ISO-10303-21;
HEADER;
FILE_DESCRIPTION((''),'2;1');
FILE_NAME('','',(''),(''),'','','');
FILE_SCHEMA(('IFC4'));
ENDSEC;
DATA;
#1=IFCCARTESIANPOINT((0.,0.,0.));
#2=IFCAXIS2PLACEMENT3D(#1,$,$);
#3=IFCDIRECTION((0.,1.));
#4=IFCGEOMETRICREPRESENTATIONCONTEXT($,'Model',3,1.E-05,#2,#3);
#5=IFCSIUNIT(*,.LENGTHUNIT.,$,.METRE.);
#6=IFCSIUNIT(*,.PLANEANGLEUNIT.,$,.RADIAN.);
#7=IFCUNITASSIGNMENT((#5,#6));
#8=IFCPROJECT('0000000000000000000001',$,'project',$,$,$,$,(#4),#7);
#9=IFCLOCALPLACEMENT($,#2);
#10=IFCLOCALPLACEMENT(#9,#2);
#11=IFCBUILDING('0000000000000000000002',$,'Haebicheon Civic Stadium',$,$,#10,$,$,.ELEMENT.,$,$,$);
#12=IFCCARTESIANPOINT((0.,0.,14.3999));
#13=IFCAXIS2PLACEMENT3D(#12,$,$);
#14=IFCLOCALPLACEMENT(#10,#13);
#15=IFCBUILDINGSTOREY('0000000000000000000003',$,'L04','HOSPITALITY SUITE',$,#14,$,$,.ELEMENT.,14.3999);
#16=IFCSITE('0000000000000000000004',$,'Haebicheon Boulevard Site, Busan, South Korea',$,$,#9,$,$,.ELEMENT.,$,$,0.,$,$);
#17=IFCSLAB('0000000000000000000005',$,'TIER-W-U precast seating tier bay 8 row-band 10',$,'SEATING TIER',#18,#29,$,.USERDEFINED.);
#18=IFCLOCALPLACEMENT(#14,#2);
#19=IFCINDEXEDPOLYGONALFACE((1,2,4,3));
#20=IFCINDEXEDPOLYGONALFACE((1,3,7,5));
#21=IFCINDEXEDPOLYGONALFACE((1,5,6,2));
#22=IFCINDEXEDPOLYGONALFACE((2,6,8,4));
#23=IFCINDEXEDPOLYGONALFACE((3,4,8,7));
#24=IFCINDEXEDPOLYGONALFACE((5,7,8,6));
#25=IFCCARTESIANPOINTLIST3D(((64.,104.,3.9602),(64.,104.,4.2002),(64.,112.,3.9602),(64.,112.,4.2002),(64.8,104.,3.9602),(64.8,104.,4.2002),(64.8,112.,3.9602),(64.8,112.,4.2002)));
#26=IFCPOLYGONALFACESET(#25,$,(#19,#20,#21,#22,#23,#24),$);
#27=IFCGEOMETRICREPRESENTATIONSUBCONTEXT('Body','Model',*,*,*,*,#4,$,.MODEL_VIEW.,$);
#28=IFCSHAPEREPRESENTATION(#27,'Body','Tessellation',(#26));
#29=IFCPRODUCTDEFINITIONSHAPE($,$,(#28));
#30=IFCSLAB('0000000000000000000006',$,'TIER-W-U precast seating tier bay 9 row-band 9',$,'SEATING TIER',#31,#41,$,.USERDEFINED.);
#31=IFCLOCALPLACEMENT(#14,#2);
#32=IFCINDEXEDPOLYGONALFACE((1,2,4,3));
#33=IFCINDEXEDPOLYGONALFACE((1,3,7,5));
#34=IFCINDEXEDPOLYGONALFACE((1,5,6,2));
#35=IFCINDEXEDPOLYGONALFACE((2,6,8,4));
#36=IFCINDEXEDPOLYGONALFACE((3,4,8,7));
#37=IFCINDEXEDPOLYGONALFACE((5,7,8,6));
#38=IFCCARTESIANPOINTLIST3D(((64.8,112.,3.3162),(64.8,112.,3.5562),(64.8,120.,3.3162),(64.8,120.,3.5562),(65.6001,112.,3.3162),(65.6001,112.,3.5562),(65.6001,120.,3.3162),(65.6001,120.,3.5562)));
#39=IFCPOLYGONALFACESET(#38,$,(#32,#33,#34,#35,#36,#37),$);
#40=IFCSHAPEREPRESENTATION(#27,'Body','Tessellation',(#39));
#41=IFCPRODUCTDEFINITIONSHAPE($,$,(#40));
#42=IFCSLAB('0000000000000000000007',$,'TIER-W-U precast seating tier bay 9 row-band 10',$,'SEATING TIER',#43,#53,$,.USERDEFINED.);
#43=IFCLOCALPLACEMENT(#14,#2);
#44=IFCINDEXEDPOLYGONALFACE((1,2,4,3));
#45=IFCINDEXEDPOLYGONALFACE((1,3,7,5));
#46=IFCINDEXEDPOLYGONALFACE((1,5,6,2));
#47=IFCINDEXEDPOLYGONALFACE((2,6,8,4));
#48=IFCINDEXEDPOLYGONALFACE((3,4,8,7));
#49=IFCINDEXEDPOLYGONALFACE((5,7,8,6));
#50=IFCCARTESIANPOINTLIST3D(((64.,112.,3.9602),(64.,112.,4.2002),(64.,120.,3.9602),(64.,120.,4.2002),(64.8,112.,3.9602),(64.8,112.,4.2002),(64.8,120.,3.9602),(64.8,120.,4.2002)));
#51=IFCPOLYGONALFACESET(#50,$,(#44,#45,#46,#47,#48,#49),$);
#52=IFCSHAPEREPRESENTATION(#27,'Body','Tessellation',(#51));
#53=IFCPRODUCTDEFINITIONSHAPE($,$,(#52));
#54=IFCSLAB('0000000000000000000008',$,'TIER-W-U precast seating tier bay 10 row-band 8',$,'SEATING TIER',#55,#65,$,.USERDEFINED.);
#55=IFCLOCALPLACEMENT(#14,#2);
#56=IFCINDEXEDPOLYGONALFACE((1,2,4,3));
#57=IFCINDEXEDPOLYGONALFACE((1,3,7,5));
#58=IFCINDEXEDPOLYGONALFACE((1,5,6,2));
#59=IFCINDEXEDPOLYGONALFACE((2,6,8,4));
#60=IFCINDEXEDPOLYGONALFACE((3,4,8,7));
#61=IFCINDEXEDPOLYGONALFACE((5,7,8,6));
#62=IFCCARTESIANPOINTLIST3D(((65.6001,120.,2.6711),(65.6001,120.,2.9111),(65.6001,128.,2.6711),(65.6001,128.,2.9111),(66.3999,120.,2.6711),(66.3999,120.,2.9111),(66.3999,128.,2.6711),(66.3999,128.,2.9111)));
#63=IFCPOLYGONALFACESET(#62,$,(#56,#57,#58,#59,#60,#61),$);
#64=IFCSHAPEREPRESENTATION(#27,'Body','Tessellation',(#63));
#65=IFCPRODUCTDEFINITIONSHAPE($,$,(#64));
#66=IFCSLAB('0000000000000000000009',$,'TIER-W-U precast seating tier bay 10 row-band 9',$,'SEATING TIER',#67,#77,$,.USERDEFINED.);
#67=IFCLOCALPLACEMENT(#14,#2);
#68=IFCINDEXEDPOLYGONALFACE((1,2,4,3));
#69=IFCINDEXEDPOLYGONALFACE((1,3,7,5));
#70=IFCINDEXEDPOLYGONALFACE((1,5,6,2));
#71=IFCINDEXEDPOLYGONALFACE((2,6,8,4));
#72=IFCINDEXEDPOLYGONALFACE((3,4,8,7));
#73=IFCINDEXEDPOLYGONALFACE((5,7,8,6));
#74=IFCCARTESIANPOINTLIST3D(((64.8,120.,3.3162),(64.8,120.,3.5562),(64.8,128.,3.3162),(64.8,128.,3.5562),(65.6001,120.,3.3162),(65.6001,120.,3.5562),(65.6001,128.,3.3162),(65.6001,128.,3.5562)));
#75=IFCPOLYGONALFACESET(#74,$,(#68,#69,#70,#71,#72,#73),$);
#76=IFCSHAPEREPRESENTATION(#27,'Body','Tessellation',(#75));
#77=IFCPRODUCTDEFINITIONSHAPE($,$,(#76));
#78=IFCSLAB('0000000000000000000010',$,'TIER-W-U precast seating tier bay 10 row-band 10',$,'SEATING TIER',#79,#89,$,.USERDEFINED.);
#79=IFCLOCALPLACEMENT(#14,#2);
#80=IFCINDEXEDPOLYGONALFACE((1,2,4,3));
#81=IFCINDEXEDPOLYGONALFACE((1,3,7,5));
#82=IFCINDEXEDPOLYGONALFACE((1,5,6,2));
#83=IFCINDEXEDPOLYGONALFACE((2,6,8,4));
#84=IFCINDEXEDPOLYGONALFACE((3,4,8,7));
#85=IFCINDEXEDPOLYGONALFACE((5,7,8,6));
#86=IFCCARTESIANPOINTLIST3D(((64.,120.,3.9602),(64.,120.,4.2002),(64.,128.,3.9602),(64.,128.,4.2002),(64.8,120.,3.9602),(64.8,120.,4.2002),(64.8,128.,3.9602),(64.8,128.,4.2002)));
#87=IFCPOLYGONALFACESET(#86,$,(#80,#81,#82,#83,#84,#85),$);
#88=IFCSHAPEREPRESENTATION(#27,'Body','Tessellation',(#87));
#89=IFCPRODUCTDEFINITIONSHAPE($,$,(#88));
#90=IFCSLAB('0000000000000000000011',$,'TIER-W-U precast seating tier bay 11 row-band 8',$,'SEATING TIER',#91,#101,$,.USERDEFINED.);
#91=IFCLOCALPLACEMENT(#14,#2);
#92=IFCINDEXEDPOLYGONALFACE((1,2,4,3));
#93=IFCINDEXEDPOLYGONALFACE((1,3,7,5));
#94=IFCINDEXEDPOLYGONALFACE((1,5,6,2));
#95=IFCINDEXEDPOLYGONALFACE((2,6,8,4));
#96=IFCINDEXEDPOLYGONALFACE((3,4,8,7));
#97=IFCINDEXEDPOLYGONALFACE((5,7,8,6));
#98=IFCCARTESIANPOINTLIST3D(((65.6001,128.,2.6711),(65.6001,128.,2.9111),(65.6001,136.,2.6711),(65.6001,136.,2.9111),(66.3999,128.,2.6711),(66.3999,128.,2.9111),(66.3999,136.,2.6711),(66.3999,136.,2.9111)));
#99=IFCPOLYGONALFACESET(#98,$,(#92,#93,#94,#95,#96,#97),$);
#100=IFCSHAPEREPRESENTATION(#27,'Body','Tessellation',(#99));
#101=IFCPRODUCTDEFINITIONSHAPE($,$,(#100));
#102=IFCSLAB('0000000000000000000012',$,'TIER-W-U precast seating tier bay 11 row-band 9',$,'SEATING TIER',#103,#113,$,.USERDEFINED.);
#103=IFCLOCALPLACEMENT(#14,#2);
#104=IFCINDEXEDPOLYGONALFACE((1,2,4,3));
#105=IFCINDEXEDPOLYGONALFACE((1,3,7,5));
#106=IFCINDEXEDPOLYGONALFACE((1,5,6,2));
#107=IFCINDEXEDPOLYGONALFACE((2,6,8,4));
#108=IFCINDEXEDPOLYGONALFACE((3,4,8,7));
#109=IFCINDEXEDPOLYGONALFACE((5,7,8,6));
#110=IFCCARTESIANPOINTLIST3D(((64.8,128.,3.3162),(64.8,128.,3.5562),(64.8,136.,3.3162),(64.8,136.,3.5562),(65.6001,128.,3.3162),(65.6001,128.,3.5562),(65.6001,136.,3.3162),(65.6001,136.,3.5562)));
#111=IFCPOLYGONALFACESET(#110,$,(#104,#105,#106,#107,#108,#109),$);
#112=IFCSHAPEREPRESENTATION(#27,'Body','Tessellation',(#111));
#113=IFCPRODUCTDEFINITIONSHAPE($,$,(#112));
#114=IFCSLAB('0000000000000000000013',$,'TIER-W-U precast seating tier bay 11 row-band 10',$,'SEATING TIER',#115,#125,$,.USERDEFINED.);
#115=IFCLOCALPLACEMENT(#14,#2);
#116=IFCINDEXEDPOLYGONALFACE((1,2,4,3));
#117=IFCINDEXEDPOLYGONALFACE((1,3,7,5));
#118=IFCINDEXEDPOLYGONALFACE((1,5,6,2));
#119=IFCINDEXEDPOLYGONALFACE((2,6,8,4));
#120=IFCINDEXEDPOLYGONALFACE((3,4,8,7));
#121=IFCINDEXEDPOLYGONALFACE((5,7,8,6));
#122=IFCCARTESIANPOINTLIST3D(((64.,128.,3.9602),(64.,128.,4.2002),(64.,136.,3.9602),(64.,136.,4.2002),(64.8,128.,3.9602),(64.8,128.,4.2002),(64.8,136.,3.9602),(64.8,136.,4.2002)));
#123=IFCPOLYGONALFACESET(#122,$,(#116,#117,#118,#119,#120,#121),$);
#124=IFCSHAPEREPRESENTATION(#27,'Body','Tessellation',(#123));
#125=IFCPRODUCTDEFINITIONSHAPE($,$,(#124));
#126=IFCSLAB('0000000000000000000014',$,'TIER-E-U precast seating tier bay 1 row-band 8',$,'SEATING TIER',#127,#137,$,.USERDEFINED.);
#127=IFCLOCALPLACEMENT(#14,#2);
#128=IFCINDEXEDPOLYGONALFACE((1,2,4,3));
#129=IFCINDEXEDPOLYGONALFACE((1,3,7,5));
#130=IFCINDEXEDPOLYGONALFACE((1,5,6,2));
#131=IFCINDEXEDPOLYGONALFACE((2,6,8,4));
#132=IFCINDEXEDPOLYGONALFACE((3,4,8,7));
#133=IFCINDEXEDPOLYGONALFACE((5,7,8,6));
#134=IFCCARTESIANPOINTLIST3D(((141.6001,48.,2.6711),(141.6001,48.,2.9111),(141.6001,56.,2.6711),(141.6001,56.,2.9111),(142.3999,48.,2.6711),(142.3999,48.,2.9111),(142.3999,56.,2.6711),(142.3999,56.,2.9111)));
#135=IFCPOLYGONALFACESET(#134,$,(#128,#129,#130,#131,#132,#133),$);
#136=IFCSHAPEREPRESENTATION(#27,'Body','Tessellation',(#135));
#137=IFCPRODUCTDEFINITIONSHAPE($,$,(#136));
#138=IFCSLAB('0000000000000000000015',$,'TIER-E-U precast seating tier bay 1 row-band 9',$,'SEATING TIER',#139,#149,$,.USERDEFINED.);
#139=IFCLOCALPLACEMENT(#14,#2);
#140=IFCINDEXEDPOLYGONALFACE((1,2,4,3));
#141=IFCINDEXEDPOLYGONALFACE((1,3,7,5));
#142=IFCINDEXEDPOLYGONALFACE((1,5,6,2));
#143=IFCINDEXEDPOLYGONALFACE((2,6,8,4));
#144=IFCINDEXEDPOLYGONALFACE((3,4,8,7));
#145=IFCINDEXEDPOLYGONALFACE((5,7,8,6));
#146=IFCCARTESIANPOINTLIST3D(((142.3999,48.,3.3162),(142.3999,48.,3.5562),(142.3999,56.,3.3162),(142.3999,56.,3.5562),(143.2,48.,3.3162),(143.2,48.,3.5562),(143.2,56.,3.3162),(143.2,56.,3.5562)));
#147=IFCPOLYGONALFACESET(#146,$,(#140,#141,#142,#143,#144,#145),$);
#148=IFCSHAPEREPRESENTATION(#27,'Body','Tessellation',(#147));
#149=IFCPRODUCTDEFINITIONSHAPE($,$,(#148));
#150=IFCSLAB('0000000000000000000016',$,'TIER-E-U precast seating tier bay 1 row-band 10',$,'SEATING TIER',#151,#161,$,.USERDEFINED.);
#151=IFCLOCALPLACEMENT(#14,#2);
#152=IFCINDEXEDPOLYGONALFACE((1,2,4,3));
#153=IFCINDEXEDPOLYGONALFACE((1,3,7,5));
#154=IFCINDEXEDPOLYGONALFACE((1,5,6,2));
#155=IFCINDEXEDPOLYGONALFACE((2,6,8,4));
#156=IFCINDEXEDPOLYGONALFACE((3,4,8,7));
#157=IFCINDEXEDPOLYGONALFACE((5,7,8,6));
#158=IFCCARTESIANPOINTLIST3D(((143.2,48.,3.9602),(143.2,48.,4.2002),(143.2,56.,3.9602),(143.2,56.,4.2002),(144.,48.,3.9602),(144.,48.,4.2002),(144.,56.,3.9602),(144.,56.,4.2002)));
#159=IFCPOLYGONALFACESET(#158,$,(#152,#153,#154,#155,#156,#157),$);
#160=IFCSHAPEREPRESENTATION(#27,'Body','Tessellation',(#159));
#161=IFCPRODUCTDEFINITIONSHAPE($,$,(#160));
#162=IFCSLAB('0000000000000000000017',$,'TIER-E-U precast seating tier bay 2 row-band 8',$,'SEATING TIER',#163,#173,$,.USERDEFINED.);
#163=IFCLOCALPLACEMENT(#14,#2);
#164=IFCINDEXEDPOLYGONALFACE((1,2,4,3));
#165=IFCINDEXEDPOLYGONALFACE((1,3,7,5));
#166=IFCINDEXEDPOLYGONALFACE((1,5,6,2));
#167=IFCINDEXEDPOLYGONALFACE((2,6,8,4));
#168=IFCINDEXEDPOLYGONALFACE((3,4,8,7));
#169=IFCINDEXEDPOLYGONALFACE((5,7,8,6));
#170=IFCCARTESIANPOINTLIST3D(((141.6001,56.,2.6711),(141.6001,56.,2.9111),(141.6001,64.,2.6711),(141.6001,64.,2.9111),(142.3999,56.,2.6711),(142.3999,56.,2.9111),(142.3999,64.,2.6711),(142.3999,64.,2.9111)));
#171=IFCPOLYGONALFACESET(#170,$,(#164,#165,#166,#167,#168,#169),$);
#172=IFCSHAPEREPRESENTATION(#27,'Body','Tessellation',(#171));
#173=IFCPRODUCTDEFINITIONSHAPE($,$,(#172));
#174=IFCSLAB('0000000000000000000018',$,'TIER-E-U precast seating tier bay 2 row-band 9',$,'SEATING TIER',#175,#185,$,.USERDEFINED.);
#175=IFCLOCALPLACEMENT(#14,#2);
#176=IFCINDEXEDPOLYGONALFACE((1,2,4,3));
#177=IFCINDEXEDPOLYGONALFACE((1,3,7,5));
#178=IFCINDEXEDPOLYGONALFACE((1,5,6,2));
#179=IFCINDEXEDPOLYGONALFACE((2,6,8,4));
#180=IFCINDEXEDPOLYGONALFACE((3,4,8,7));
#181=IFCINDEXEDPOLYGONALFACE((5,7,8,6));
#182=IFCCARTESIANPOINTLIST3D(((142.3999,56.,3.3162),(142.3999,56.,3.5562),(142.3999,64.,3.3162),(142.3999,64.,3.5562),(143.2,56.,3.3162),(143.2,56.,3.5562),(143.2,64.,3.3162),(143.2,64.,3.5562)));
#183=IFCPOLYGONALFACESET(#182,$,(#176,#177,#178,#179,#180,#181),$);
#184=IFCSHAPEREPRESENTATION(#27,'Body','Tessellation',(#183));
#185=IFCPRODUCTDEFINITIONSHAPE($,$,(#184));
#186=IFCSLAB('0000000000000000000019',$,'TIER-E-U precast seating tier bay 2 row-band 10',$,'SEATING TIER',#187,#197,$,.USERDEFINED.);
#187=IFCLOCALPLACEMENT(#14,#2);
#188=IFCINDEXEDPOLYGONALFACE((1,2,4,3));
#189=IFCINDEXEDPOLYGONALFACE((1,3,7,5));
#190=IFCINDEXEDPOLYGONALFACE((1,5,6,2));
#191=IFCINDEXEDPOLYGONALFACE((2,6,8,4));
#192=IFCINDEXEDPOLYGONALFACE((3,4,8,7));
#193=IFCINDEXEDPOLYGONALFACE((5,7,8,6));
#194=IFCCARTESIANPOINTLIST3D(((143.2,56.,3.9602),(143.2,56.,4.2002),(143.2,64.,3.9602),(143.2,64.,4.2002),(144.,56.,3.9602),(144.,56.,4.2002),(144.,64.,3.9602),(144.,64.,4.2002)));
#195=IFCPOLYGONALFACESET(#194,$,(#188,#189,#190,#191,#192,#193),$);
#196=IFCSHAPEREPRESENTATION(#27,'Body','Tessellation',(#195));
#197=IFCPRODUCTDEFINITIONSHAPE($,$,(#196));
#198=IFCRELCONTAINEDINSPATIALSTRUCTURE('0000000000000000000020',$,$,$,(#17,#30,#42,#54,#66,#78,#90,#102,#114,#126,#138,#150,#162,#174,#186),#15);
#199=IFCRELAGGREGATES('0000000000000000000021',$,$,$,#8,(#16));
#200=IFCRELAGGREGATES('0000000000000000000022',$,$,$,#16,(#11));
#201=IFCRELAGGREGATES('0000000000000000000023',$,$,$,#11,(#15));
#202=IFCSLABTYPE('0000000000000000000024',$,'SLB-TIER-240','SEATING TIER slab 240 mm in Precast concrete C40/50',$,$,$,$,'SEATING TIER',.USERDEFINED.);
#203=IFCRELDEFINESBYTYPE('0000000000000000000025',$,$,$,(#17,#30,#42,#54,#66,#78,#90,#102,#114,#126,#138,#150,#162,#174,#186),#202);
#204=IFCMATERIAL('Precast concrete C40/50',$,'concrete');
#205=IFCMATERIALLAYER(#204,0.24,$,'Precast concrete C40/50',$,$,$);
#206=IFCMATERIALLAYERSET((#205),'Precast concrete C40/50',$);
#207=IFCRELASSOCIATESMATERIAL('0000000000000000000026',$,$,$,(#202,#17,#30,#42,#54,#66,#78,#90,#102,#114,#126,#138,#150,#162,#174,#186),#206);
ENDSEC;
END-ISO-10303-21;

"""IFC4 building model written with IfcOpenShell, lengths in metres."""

from ifc_helpers import new_model, si_unit, direction, frame, origin, place, context, subcontext, project, spatial, polyline, outline, extrude, material, layer, layer_set, type_object, element, save


model = new_model("IFC4")

# Units and contexts
model_context = context("Model", 3, precision=1e-05, world=origin(), true_north=direction((0.0, 1.0)))
body_context = subcontext(model_context, "Body", "Model", "MODEL_VIEW")
ifc_project = project(units=[si_unit("LENGTHUNIT", "METRE"), si_unit("PLANEANGLEUNIT", "RADIAN")], contexts=[model_context])

# Site, building, storey
site_placement = place(None, origin())
site = spatial("IfcSite", under=ifc_project, at=site_placement, Name="Haebicheon Boulevard Site, Busan, South Korea", CompositionType="ELEMENT", RefElevation=0.0)
building_placement = place(site_placement, origin())
building = spatial("IfcBuilding", under=site, at=building_placement, Name="Haebicheon Civic Stadium", CompositionType="ELEMENT")
storey_placement = place(building_placement, frame((0.0, 0.0, 14.3999)))
storey = spatial("IfcBuildingStorey", under=building, at=storey_placement, Name="L04", Description="HOSPITALITY SUITE", CompositionType="ELEMENT", Elevation=14.3999)

# Slabs
ifc_material = material(Name="Precast concrete C40/50", Category="concrete")
ifc_layer = layer(ifc_material, 0.24, Name="Precast concrete C40/50")
ifc_layer_set = layer_set([ifc_layer], Name="Precast concrete C40/50")
slab_type = type_object("IfcSlabType", Name="SLB-TIER-240", Description="SEATING TIER slab 240 mm in Precast concrete C40/50", ElementType="SEATING TIER", PredefinedType="USERDEFINED", material=ifc_layer_set)
slab_1_placement = place(storey_placement, frame((0.0, 0.0, 3.9602)))
element("IfcSlab", 1, at=slab_1_placement, inside=storey, type_object=slab_type, material=ifc_layer_set, Name="TIER-W-U precast seating tier bay 8 row-band 10", ObjectType="SEATING TIER", PredefinedType="USERDEFINED", context=body_context, shape_type="SweptSolid", body=[
    extrude(outline(polyline([(64.0, 104.0), (64.8, 104.0), (64.8, 112.0), (64.0, 112.0), (64.0, 104.0)])), origin(), (0.0, 0.0, 1.0), 0.24),
])
slab_2_placement = place(storey_placement, frame((0.0, 0.0, 3.3162)))
element("IfcSlab", 2, at=slab_2_placement, inside=storey, type_object=slab_type, material=ifc_layer_set, Name="TIER-W-U precast seating tier bay 9 row-band 9", ObjectType="SEATING TIER", PredefinedType="USERDEFINED", context=body_context, shape_type="SweptSolid", body=[
    extrude(outline(polyline([(64.8, 112.0), (65.6001, 112.0), (65.6001, 120.0), (64.8, 120.0), (64.8, 112.0)])), origin(), (0.0, 0.0, 1.0), 0.24),
])
slab_3_placement = place(storey_placement, frame((0.0, 0.0, 3.9602)))
element("IfcSlab", 3, at=slab_3_placement, inside=storey, type_object=slab_type, material=ifc_layer_set, Name="TIER-W-U precast seating tier bay 9 row-band 10", ObjectType="SEATING TIER", PredefinedType="USERDEFINED", context=body_context, shape_type="SweptSolid", body=[
    extrude(outline(polyline([(64.0, 112.0), (64.8, 112.0), (64.8, 120.0), (64.0, 120.0), (64.0, 112.0)])), origin(), (0.0, 0.0, 1.0), 0.24),
])
slab_4_placement = place(storey_placement, frame((0.0, 0.0, 2.6711)))
element("IfcSlab", 4, at=slab_4_placement, inside=storey, type_object=slab_type, material=ifc_layer_set, Name="TIER-W-U precast seating tier bay 10 row-band 8", ObjectType="SEATING TIER", PredefinedType="USERDEFINED", context=body_context, shape_type="SweptSolid", body=[
    extrude(outline(polyline([(65.6001, 120.0), (66.3999, 120.0), (66.3999, 128.0), (65.6001, 128.0), (65.6001, 120.0)])), origin(), (0.0, 0.0, 1.0), 0.24),
])
slab_5_placement = place(storey_placement, frame((0.0, 0.0, 3.3162)))
element("IfcSlab", 5, at=slab_5_placement, inside=storey, type_object=slab_type, material=ifc_layer_set, Name="TIER-W-U precast seating tier bay 10 row-band 9", ObjectType="SEATING TIER", PredefinedType="USERDEFINED", context=body_context, shape_type="SweptSolid", body=[
    extrude(outline(polyline([(64.8, 120.0), (65.6001, 120.0), (65.6001, 128.0), (64.8, 128.0), (64.8, 120.0)])), origin(), (0.0, 0.0, 1.0), 0.24),
])
slab_6_placement = place(storey_placement, frame((0.0, 0.0, 3.9602)))
element("IfcSlab", 6, at=slab_6_placement, inside=storey, type_object=slab_type, material=ifc_layer_set, Name="TIER-W-U precast seating tier bay 10 row-band 10", ObjectType="SEATING TIER", PredefinedType="USERDEFINED", context=body_context, shape_type="SweptSolid", body=[
    extrude(outline(polyline([(64.0, 120.0), (64.8, 120.0), (64.8, 128.0), (64.0, 128.0), (64.0, 120.0)])), origin(), (0.0, 0.0, 1.0), 0.24),
])
slab_7_placement = place(storey_placement, frame((0.0, 0.0, 2.6711)))
element("IfcSlab", 7, at=slab_7_placement, inside=storey, type_object=slab_type, material=ifc_layer_set, Name="TIER-W-U precast seating tier bay 11 row-band 8", ObjectType="SEATING TIER", PredefinedType="USERDEFINED", context=body_context, shape_type="SweptSolid", body=[
    extrude(outline(polyline([(65.6001, 128.0), (66.3999, 128.0), (66.3999, 136.0), (65.6001, 136.0), (65.6001, 128.0)])), origin(), (0.0, 0.0, 1.0), 0.24),
])
slab_8_placement = place(storey_placement, frame((0.0, 0.0, 3.3162)))
element("IfcSlab", 8, at=slab_8_placement, inside=storey, type_object=slab_type, material=ifc_layer_set, Name="TIER-W-U precast seating tier bay 11 row-band 9", ObjectType="SEATING TIER", PredefinedType="USERDEFINED", context=body_context, shape_type="SweptSolid", body=[
    extrude(outline(polyline([(64.8, 128.0), (65.6001, 128.0), (65.6001, 136.0), (64.8, 136.0), (64.8, 128.0)])), origin(), (0.0, 0.0, 1.0), 0.24),
])
slab_9_placement = place(storey_placement, frame((0.0, 0.0, 3.9602)))
element("IfcSlab", 9, at=slab_9_placement, inside=storey, type_object=slab_type, material=ifc_layer_set, Name="TIER-W-U precast seating tier bay 11 row-band 10", ObjectType="SEATING TIER", PredefinedType="USERDEFINED", context=body_context, shape_type="SweptSolid", body=[
    extrude(outline(polyline([(64.0, 128.0), (64.8, 128.0), (64.8, 136.0), (64.0, 136.0), (64.0, 128.0)])), origin(), (0.0, 0.0, 1.0), 0.24),
])
slab_10_placement = place(storey_placement, frame((0.0, 0.0, 2.6711)))
element("IfcSlab", 10, at=slab_10_placement, inside=storey, type_object=slab_type, material=ifc_layer_set, Name="TIER-E-U precast seating tier bay 1 row-band 8", ObjectType="SEATING TIER", PredefinedType="USERDEFINED", context=body_context, shape_type="SweptSolid", body=[
    extrude(outline(polyline([(141.6001, 48.0), (142.3999, 48.0), (142.3999, 56.0), (141.6001, 56.0), (141.6001, 48.0)])), origin(), (0.0, 0.0, 1.0), 0.24),
])
slab_11_placement = place(storey_placement, frame((0.0, 0.0, 3.3162)))
element("IfcSlab", 11, at=slab_11_placement, inside=storey, type_object=slab_type, material=ifc_layer_set, Name="TIER-E-U precast seating tier bay 1 row-band 9", ObjectType="SEATING TIER", PredefinedType="USERDEFINED", context=body_context, shape_type="SweptSolid", body=[
    extrude(outline(polyline([(142.3999, 48.0), (143.2, 48.0), (143.2, 56.0), (142.3999, 56.0), (142.3999, 48.0)])), origin(), (0.0, 0.0, 1.0), 0.24),
])
slab_12_placement = place(storey_placement, frame((0.0, 0.0, 3.9602)))
element("IfcSlab", 12, at=slab_12_placement, inside=storey, type_object=slab_type, material=ifc_layer_set, Name="TIER-E-U precast seating tier bay 1 row-band 10", ObjectType="SEATING TIER", PredefinedType="USERDEFINED", context=body_context, shape_type="SweptSolid", body=[
    extrude(outline(polyline([(143.2, 48.0), (144.0, 48.0), (144.0, 56.0), (143.2, 56.0), (143.2, 48.0)])), origin(), (0.0, 0.0, 1.0), 0.24),
])
slab_13_placement = place(storey_placement, frame((0.0, 0.0, 2.6711)))
element("IfcSlab", 13, at=slab_13_placement, inside=storey, type_object=slab_type, material=ifc_layer_set, Name="TIER-E-U precast seating tier bay 2 row-band 8", ObjectType="SEATING TIER", PredefinedType="USERDEFINED", context=body_context, shape_type="SweptSolid", body=[
    extrude(outline(polyline([(141.6001, 56.0), (142.3999, 56.0), (142.3999, 64.0), (141.6001, 64.0), (141.6001, 56.0)])), origin(), (0.0, 0.0, 1.0), 0.24),
])
slab_14_placement = place(storey_placement, frame((0.0, 0.0, 3.3162)))
element("IfcSlab", 14, at=slab_14_placement, inside=storey, type_object=slab_type, material=ifc_layer_set, Name="TIER-E-U precast seating tier bay 2 row-band 9", ObjectType="SEATING TIER", PredefinedType="USERDEFINED", context=body_context, shape_type="SweptSolid", body=[
    extrude(outline(polyline([(142.3999, 56.0), (143.2, 56.0), (143.2, 64.0), (142.3999, 64.0), (142.3999, 56.0)])), origin(), (0.0, 0.0, 1.0), 0.24),
])
slab_15_placement = place(storey_placement, frame((0.0, 0.0, 3.9602)))
element("IfcSlab", 15, at=slab_15_placement, inside=storey, type_object=slab_type, material=ifc_layer_set, Name="TIER-E-U precast seating tier bay 2 row-band 10", ObjectType="SEATING TIER", PredefinedType="USERDEFINED", context=body_context, shape_type="SweptSolid", body=[
    extrude(outline(polyline([(143.2, 56.0), (144.0, 56.0), (144.0, 64.0), (143.2, 64.0), (143.2, 56.0)])), origin(), (0.0, 0.0, 1.0), 0.24),
])

save(model, "model.ifc")
